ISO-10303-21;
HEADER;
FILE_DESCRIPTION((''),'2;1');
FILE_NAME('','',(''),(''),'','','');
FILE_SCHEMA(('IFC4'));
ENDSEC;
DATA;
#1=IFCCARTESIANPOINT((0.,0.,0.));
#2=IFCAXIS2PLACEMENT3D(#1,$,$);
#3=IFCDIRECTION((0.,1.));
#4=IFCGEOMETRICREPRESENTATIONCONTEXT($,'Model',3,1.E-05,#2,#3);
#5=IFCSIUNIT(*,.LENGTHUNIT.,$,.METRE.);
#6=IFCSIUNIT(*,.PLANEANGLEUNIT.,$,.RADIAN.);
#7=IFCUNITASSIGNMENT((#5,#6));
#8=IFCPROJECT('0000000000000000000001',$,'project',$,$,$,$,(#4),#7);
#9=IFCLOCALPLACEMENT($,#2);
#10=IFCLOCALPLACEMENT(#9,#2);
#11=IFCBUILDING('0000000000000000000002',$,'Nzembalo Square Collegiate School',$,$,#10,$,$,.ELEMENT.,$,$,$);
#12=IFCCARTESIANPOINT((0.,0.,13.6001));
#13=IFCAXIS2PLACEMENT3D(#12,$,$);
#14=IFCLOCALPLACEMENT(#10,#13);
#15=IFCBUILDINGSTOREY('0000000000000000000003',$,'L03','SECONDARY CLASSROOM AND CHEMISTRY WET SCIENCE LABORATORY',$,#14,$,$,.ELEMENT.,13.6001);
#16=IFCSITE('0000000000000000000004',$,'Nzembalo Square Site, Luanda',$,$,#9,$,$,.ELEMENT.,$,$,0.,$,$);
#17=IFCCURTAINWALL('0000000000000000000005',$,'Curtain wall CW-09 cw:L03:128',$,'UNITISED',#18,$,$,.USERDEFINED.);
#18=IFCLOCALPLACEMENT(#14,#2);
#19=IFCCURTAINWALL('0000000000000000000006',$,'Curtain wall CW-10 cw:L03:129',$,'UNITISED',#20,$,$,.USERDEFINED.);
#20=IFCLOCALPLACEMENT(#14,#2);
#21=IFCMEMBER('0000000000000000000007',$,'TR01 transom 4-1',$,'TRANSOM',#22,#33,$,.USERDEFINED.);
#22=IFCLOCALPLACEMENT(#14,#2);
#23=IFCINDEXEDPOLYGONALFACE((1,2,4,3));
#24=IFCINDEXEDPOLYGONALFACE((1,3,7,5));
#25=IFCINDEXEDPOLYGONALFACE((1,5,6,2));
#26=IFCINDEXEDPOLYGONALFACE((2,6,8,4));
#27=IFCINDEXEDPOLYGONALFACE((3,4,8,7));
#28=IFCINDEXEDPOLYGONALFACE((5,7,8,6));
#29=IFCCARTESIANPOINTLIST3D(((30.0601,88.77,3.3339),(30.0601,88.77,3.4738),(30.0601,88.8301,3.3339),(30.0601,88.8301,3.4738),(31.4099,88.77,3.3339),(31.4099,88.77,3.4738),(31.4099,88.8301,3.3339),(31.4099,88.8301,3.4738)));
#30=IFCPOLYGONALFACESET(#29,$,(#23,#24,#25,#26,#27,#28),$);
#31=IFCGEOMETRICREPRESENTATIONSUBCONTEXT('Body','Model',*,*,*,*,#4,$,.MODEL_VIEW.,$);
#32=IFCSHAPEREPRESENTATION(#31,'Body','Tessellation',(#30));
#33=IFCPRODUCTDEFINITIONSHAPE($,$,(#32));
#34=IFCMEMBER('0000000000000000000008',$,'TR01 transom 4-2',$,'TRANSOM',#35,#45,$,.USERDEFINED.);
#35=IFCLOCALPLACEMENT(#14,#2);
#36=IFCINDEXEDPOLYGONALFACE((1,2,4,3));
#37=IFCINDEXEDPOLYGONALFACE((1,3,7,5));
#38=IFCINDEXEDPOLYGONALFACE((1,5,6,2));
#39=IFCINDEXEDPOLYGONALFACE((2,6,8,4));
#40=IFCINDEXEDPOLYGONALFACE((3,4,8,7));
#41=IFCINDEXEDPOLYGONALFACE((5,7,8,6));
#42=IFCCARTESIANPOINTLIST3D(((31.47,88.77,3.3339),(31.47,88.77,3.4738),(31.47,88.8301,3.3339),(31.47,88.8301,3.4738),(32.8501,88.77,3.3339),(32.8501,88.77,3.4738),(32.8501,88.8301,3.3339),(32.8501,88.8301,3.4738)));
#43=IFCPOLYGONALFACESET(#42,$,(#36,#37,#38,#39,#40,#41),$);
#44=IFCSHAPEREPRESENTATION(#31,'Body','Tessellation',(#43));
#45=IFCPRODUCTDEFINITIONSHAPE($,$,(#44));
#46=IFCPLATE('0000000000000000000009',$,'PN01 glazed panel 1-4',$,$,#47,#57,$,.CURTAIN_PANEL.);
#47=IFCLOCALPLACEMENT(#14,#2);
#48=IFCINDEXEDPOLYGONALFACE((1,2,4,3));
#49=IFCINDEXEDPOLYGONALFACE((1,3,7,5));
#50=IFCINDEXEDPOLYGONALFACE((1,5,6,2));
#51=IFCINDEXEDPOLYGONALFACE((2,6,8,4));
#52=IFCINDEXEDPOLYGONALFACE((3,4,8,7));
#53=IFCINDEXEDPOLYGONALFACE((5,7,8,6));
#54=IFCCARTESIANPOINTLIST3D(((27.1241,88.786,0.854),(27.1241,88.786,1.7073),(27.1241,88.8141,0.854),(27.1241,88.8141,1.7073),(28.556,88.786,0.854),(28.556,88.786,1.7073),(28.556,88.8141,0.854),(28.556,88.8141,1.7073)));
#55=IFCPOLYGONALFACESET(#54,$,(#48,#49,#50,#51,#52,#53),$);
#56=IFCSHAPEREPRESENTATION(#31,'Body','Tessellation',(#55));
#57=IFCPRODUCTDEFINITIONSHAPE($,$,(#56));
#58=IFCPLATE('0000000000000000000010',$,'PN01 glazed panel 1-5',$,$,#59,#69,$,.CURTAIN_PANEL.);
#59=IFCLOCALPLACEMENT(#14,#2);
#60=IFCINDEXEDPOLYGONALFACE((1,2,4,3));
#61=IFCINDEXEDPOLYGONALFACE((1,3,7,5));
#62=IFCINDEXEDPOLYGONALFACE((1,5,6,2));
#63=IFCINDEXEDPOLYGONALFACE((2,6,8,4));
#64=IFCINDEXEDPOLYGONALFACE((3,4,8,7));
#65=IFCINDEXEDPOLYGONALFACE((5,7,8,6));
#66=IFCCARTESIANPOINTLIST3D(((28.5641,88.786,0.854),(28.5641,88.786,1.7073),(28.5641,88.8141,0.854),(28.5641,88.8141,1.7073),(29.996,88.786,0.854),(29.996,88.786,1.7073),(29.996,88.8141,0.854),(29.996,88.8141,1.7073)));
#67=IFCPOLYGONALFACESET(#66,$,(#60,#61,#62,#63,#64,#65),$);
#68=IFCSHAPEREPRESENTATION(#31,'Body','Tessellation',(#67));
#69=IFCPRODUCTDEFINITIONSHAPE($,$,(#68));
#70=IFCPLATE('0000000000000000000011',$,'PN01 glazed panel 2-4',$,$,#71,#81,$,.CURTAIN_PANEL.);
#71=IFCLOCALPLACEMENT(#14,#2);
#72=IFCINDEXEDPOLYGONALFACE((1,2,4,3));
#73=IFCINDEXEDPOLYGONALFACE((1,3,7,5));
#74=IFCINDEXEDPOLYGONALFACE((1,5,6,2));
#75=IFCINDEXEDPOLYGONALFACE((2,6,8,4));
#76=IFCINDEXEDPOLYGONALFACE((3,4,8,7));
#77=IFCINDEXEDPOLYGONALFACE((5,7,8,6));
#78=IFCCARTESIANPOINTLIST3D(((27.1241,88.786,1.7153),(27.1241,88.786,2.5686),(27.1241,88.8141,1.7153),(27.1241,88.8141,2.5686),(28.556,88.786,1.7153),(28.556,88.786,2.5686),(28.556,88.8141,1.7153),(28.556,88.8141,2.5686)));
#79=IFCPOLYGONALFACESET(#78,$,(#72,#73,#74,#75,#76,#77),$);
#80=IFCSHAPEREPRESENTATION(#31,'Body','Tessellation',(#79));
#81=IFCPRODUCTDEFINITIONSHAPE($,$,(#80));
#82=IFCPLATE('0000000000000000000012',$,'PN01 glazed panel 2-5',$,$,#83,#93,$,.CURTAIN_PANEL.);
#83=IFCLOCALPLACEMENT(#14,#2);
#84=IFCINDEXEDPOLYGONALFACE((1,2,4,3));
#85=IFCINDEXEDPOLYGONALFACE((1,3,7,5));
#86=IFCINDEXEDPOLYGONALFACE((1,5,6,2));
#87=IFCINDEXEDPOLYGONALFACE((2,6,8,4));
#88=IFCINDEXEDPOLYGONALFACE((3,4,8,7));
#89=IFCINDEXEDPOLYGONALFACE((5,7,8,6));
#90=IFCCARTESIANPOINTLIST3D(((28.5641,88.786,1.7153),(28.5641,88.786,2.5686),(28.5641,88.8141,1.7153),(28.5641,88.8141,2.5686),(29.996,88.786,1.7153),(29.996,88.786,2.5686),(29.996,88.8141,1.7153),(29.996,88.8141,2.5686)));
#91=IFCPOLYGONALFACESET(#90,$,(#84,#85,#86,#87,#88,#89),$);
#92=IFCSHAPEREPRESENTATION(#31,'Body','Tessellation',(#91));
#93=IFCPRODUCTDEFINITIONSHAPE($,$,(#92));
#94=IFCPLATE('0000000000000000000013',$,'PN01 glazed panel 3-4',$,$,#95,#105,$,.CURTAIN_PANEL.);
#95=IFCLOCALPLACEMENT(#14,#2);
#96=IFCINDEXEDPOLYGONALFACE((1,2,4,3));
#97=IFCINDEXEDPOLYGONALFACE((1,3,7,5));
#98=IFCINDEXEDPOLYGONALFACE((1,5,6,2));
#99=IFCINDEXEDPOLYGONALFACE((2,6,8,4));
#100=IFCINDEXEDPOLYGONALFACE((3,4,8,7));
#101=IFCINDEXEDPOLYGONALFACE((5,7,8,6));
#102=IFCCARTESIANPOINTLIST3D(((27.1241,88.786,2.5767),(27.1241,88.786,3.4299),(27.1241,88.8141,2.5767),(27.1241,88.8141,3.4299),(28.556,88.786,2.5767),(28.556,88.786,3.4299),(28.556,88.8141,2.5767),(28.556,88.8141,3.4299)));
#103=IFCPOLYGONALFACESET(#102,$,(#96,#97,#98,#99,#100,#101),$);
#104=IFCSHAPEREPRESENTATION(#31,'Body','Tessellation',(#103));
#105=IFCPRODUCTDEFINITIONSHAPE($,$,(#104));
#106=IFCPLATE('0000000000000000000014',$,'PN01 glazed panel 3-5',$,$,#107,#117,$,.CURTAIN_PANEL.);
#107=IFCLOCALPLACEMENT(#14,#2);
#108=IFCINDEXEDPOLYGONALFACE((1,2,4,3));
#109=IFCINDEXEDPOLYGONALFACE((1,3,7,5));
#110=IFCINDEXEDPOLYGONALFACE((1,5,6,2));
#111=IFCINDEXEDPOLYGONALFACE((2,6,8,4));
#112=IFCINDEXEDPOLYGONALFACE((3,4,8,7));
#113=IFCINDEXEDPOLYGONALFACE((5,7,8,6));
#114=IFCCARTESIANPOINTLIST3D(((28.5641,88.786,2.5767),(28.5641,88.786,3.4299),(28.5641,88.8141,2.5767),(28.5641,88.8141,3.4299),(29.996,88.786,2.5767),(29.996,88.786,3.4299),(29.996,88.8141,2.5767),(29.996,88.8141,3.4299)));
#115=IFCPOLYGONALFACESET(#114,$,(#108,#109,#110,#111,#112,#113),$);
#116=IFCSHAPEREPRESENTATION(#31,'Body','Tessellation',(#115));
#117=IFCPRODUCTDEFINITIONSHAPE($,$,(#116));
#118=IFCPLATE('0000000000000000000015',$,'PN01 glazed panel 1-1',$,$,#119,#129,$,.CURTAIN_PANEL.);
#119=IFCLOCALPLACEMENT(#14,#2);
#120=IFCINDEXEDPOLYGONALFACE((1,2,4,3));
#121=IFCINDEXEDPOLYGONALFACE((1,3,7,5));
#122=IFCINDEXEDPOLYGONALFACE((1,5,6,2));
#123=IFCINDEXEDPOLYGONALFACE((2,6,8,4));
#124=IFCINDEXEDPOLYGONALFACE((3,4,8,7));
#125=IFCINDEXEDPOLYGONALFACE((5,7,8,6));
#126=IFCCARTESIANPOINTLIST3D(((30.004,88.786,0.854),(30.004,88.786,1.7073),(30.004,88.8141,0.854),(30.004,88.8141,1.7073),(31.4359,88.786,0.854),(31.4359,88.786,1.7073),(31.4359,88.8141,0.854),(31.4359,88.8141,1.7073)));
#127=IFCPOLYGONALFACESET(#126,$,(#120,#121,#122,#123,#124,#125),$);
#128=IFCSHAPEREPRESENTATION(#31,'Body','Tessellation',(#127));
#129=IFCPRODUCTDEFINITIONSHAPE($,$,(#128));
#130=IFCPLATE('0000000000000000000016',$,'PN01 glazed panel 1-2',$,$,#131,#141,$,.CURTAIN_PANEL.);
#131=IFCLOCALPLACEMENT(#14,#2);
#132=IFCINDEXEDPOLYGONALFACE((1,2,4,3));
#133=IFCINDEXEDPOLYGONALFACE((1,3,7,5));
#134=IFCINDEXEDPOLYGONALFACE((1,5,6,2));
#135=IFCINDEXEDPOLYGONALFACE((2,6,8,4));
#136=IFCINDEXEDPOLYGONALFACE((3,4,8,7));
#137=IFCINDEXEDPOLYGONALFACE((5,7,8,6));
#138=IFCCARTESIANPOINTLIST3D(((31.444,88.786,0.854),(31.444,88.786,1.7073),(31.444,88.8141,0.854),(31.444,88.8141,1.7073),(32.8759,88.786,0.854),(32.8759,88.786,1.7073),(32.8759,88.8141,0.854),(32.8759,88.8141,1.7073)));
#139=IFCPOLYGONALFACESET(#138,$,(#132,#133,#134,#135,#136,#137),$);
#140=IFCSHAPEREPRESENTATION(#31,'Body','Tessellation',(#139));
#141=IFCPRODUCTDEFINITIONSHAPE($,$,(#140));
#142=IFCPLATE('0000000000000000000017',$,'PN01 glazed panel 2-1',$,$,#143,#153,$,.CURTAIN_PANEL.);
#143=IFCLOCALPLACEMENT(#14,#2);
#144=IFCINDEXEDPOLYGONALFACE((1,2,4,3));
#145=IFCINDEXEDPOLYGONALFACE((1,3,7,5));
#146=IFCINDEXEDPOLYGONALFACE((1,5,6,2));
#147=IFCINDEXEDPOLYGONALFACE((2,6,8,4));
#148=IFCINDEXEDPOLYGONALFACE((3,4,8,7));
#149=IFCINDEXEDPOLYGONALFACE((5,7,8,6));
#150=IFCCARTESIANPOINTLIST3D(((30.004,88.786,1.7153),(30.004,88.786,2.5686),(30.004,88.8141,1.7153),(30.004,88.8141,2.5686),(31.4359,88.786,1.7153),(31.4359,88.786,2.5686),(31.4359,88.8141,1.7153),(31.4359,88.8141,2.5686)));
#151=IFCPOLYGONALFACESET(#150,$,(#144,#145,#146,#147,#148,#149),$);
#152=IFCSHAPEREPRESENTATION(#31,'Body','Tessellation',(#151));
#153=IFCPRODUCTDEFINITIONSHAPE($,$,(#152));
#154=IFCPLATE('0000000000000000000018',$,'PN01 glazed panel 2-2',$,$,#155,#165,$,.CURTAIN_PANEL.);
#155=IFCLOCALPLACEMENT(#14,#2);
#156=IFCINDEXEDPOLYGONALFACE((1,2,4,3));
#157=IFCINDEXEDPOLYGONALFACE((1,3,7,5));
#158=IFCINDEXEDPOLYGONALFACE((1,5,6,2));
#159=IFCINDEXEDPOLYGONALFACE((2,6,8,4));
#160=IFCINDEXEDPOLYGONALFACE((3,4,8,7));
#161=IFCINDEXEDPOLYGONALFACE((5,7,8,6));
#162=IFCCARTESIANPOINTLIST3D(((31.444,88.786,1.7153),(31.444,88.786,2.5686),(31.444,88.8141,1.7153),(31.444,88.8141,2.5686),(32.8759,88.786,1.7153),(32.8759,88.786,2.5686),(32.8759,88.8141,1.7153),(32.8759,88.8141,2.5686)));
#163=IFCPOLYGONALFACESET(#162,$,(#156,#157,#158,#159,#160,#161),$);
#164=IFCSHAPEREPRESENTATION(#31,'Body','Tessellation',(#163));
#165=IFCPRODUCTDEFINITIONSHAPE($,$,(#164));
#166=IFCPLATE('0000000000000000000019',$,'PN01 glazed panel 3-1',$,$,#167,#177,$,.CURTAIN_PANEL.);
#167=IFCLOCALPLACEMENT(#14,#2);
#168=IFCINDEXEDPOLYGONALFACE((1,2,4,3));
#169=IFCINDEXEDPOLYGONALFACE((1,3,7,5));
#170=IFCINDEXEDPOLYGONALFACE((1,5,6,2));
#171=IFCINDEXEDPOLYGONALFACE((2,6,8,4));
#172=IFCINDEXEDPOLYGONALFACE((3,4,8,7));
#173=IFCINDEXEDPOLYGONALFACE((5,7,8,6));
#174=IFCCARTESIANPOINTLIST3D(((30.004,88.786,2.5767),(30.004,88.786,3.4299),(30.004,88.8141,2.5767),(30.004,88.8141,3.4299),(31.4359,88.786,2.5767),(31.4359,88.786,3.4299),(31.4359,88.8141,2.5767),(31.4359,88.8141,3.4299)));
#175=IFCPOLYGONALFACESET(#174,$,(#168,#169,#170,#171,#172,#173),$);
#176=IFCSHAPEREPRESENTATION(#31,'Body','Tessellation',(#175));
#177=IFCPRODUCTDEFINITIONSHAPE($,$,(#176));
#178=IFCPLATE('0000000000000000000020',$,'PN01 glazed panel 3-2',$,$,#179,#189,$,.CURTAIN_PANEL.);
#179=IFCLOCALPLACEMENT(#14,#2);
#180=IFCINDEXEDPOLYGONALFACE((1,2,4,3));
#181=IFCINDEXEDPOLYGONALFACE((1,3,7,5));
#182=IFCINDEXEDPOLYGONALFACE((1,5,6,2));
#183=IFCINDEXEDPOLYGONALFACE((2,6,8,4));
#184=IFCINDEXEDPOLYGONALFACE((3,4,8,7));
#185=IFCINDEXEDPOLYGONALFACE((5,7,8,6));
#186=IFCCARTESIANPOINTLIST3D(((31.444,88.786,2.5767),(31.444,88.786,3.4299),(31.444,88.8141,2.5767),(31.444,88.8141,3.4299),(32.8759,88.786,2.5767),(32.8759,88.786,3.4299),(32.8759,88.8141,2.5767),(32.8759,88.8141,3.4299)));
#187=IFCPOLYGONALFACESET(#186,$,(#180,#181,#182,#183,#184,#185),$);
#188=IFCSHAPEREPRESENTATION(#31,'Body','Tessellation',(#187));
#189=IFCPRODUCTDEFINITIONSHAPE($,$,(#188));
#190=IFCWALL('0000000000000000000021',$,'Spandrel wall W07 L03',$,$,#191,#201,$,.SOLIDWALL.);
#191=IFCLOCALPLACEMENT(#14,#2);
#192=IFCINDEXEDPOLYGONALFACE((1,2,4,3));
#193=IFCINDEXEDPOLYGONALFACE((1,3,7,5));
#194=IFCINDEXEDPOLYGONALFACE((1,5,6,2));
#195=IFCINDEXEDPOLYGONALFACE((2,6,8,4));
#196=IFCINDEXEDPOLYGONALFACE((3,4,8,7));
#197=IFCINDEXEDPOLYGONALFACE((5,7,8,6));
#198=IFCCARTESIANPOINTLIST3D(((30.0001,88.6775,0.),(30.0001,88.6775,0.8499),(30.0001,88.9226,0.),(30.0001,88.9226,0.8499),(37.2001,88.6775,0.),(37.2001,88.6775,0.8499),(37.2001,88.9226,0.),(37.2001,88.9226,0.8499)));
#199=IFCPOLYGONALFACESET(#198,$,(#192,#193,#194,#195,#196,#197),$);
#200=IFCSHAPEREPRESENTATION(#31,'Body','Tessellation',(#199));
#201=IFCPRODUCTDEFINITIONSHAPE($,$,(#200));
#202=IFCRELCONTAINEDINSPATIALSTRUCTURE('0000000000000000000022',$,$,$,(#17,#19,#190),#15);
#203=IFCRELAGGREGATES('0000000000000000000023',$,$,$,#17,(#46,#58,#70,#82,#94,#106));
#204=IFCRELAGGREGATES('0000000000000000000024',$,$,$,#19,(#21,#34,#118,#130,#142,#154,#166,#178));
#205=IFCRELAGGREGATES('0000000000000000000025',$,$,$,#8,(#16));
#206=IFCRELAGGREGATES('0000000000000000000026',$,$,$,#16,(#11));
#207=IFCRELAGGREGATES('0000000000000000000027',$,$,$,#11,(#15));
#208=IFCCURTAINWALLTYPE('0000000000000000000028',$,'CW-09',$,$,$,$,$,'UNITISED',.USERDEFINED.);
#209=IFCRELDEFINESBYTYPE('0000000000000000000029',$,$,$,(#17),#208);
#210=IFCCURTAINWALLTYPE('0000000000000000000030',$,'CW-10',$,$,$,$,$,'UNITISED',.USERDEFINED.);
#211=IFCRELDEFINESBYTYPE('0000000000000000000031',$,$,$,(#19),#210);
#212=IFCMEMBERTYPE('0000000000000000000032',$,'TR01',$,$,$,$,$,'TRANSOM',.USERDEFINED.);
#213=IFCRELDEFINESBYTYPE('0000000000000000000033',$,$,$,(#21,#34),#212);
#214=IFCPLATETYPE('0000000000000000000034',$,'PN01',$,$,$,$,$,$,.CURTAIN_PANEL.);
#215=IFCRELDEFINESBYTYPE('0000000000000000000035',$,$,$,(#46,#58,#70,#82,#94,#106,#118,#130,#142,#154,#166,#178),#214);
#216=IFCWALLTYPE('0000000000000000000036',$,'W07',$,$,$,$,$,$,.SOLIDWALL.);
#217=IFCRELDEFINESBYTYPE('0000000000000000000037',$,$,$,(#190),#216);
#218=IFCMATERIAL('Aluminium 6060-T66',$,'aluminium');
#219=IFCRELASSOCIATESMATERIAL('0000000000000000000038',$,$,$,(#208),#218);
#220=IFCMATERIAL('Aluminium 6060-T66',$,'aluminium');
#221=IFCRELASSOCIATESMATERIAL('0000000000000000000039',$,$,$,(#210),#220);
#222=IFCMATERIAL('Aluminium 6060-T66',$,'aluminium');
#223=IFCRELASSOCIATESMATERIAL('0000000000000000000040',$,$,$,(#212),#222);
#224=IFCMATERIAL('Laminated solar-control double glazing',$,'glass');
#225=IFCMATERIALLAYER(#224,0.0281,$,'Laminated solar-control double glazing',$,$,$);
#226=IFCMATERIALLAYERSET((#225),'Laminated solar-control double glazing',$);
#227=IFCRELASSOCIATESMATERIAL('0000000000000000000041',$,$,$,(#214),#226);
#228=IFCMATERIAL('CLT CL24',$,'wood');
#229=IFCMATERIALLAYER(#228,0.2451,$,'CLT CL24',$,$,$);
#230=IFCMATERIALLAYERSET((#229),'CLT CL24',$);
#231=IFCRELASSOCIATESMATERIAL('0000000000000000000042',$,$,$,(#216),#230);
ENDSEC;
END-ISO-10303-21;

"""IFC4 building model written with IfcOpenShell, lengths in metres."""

from ifc_helpers import new_model, si_unit, direction, frame, frame_2d, origin, origin_2d, place, context, subcontext, project, spatial, rectangle, extrude, material, layer, layer_set, material_profile, profile_set, type_object, element, aggregate, save


model = new_model("IFC4")

# Units and contexts
model_context = context("Model", 3, precision=1e-05, world=origin(), true_north=direction((0.0, 1.0)))
body_context = subcontext(model_context, "Body", "Model", "MODEL_VIEW")
ifc_project = project(units=[si_unit("LENGTHUNIT", "METRE"), si_unit("PLANEANGLEUNIT", "RADIAN")], contexts=[model_context])

# Site, building, storey
site_placement = place(None, origin())
site = spatial("IfcSite", under=ifc_project, at=site_placement, Name="Nzembalo Square Site, Luanda", CompositionType="ELEMENT", RefElevation=0.0)
building_placement = place(site_placement, origin())
building = spatial("IfcBuilding", under=site, at=building_placement, Name="Nzembalo Square Collegiate School", CompositionType="ELEMENT")
storey_placement = place(building_placement, frame((0.0, 0.0, 13.6001)))
storey = spatial("IfcBuildingStorey", under=building, at=storey_placement, Name="L03", Description="SECONDARY CLASSROOM AND CHEMISTRY WET SCIENCE LABORATORY", CompositionType="ELEMENT", Elevation=13.6001)

# Curtain walls
ifc_material_1 = material(Name="Aluminium 6060-T66", Category="aluminium")
curtain_wall_type_1 = type_object("IfcCurtainWallType", Name="CW-09", ElementType="UNITISED", PredefinedType="USERDEFINED", material=ifc_material_1)
curtain_wall_1_placement = place(storey_placement, origin())
curtain_wall_1 = element("IfcCurtainWall", 1, at=curtain_wall_1_placement, inside=storey, type_object=curtain_wall_type_1, Name="Curtain wall CW-09 cw:L03:128", ObjectType="UNITISED", PredefinedType="USERDEFINED")
ifc_material_2 = material(Name="Aluminium 6060-T66", Category="aluminium")
curtain_wall_type_2 = type_object("IfcCurtainWallType", Name="CW-10", ElementType="UNITISED", PredefinedType="USERDEFINED", material=ifc_material_2)
curtain_wall_2_placement = place(storey_placement, origin())
curtain_wall_2 = element("IfcCurtainWall", 2, at=curtain_wall_2_placement, inside=storey, type_object=curtain_wall_type_2, Name="Curtain wall CW-10 cw:L03:129", ObjectType="UNITISED", PredefinedType="USERDEFINED")

# Members
ifc_material_3 = material(Name="Aluminium 6060-T66", Category="aluminium")
ifc_material_profile_1 = material_profile(ifc_material_3, rectangle(XDim=0.0601, YDim=0.1399, at=origin_2d()), Name="ALU T60x140")
ifc_profile_set_1 = profile_set([ifc_material_profile_1], Name="Aluminium 6060-T66")
member_type_1 = type_object("IfcMemberType", Name="TR01", ElementType="TRANSOM", PredefinedType="USERDEFINED", material=ifc_profile_set_1)
member_1_placement = place(storey_placement, frame((30.0601, 88.8, 3.4038), z_axis=(1.0, 0.0, 0.0), x_axis=(0.0, 1.0, 0.0)))
member_1 = element("IfcMember", 3, at=member_1_placement, type_object=member_type_1, Name="TR01 transom 4-1", ObjectType="TRANSOM", PredefinedType="USERDEFINED", context=body_context, shape_type="SweptSolid", body=[
    extrude(rectangle(XDim=0.0601, YDim=0.1399, at=origin_2d()), origin(), (0.0, 0.0, 1.0), 1.3499),
])
member_2_placement = place(storey_placement, frame((31.47, 88.8, 3.4038), z_axis=(1.0, 0.0, 0.0), x_axis=(0.0, 1.0, 0.0)))
member_2 = element("IfcMember", 4, at=member_2_placement, type_object=member_type_1, Name="TR01 transom 4-2", ObjectType="TRANSOM", PredefinedType="USERDEFINED", context=body_context, shape_type="SweptSolid", body=[
    extrude(rectangle(XDim=0.0601, YDim=0.1399, at=origin_2d()), origin(), (0.0, 0.0, 1.0), 1.3801),
])

# Plates
ifc_material_4 = material(Name="Laminated solar-control double glazing", Category="glass")
ifc_layer_1 = layer(ifc_material_4, 0.0281, Name="Laminated solar-control double glazing")
ifc_layer_set_1 = layer_set([ifc_layer_1], Name="Laminated solar-control double glazing")
plate_type = type_object("IfcPlateType", Name="PN01", PredefinedType="CURTAIN_PANEL", material=ifc_layer_set_1)
plate_1_placement = place(storey_placement, frame((27.8401, 88.8, 0.854), z_axis=(0.0, 0.0, 1.0), x_axis=(1.0, 0.0, 0.0)))
plate_1 = element("IfcPlate", 5, at=plate_1_placement, type_object=plate_type, Name="PN01 glazed panel 1-4", PredefinedType="CURTAIN_PANEL", context=body_context, shape_type="SweptSolid", body=[
    extrude(rectangle(XDim=1.4319, YDim=0.0281, at=origin_2d()), origin(), (0.0, 0.0, 1.0), 0.8533),
])
plate_2_placement = place(storey_placement, frame((29.28, 88.8, 0.854), z_axis=(0.0, 0.0, 1.0), x_axis=(1.0, 0.0, 0.0)))
plate_2 = element("IfcPlate", 6, at=plate_2_placement, type_object=plate_type, Name="PN01 glazed panel 1-5", PredefinedType="CURTAIN_PANEL", context=body_context, shape_type="SweptSolid", body=[
    extrude(rectangle(XDim=1.4319, YDim=0.0281, at=origin_2d()), origin(), (0.0, 0.0, 1.0), 0.8533),
])
plate_3_placement = place(storey_placement, frame((27.8401, 88.8, 1.7153), z_axis=(0.0, 0.0, 1.0), x_axis=(1.0, 0.0, 0.0)))
plate_3 = element("IfcPlate", 7, at=plate_3_placement, type_object=plate_type, Name="PN01 glazed panel 2-4", PredefinedType="CURTAIN_PANEL", context=body_context, shape_type="SweptSolid", body=[
    extrude(rectangle(XDim=1.4319, YDim=0.0281, at=origin_2d()), origin(), (0.0, 0.0, 1.0), 0.8533),
])
plate_4_placement = place(storey_placement, frame((29.28, 88.8, 1.7153), z_axis=(0.0, 0.0, 1.0), x_axis=(1.0, 0.0, 0.0)))
plate_4 = element("IfcPlate", 8, at=plate_4_placement, type_object=plate_type, Name="PN01 glazed panel 2-5", PredefinedType="CURTAIN_PANEL", context=body_context, shape_type="SweptSolid", body=[
    extrude(rectangle(XDim=1.4319, YDim=0.0281, at=origin_2d()), origin(), (0.0, 0.0, 1.0), 0.8533),
])
plate_5_placement = place(storey_placement, frame((27.8401, 88.8, 2.5767), z_axis=(0.0, 0.0, 1.0), x_axis=(1.0, 0.0, 0.0)))
plate_5 = element("IfcPlate", 9, at=plate_5_placement, type_object=plate_type, Name="PN01 glazed panel 3-4", PredefinedType="CURTAIN_PANEL", context=body_context, shape_type="SweptSolid", body=[
    extrude(rectangle(XDim=1.4319, YDim=0.0281, at=origin_2d()), origin(), (0.0, 0.0, 1.0), 0.8533),
])
plate_6_placement = place(storey_placement, frame((29.28, 88.8, 2.5767), z_axis=(0.0, 0.0, 1.0), x_axis=(1.0, 0.0, 0.0)))
plate_6 = element("IfcPlate", 10, at=plate_6_placement, type_object=plate_type, Name="PN01 glazed panel 3-5", PredefinedType="CURTAIN_PANEL", context=body_context, shape_type="SweptSolid", body=[
    extrude(rectangle(XDim=1.4319, YDim=0.0281, at=origin_2d()), origin(), (0.0, 0.0, 1.0), 0.8533),
])
aggregate(curtain_wall_1, [plate_1, plate_2, plate_3, plate_4, plate_5, plate_6])
plate_7_placement = place(storey_placement, frame((30.72, 88.8, 0.854), z_axis=(0.0, 0.0, 1.0), x_axis=(1.0, 0.0, 0.0)))
plate_7 = element("IfcPlate", 11, at=plate_7_placement, type_object=plate_type, Name="PN01 glazed panel 1-1", PredefinedType="CURTAIN_PANEL", context=body_context, shape_type="SweptSolid", body=[
    extrude(rectangle(XDim=1.4319, YDim=0.0281, at=origin_2d()), origin(), (0.0, 0.0, 1.0), 0.8533),
])
plate_8_placement = place(storey_placement, frame((32.1599, 88.8, 0.854), z_axis=(0.0, 0.0, 1.0), x_axis=(1.0, 0.0, 0.0)))
plate_8 = element("IfcPlate", 12, at=plate_8_placement, type_object=plate_type, Name="PN01 glazed panel 1-2", PredefinedType="CURTAIN_PANEL", context=body_context, shape_type="SweptSolid", body=[
    extrude(rectangle(XDim=1.4319, YDim=0.0281, at=origin_2d()), origin(), (0.0, 0.0, 1.0), 0.8533),
])
plate_9_placement = place(storey_placement, frame((30.72, 88.8, 1.7153), z_axis=(0.0, 0.0, 1.0), x_axis=(1.0, 0.0, 0.0)))
plate_9 = element("IfcPlate", 13, at=plate_9_placement, type_object=plate_type, Name="PN01 glazed panel 2-1", PredefinedType="CURTAIN_PANEL", context=body_context, shape_type="SweptSolid", body=[
    extrude(rectangle(XDim=1.4319, YDim=0.0281, at=origin_2d()), origin(), (0.0, 0.0, 1.0), 0.8533),
])
plate_10_placement = place(storey_placement, frame((32.1599, 88.8, 1.7153), z_axis=(0.0, 0.0, 1.0), x_axis=(1.0, 0.0, 0.0)))
plate_10 = element("IfcPlate", 14, at=plate_10_placement, type_object=plate_type, Name="PN01 glazed panel 2-2", PredefinedType="CURTAIN_PANEL", context=body_context, shape_type="SweptSolid", body=[
    extrude(rectangle(XDim=1.4319, YDim=0.0281, at=origin_2d()), origin(), (0.0, 0.0, 1.0), 0.8533),
])
plate_11_placement = place(storey_placement, frame((30.72, 88.8, 2.5767), z_axis=(0.0, 0.0, 1.0), x_axis=(1.0, 0.0, 0.0)))
plate_11 = element("IfcPlate", 15, at=plate_11_placement, type_object=plate_type, Name="PN01 glazed panel 3-1", PredefinedType="CURTAIN_PANEL", context=body_context, shape_type="SweptSolid", body=[
    extrude(rectangle(XDim=1.4319, YDim=0.0281, at=origin_2d()), origin(), (0.0, 0.0, 1.0), 0.8533),
])
plate_12_placement = place(storey_placement, frame((32.1599, 88.8, 2.5767), z_axis=(0.0, 0.0, 1.0), x_axis=(1.0, 0.0, 0.0)))
plate_12 = element("IfcPlate", 16, at=plate_12_placement, type_object=plate_type, Name="PN01 glazed panel 3-2", PredefinedType="CURTAIN_PANEL", context=body_context, shape_type="SweptSolid", body=[
    extrude(rectangle(XDim=1.4319, YDim=0.0281, at=origin_2d()), origin(), (0.0, 0.0, 1.0), 0.8533),
])
aggregate(curtain_wall_2, [member_1, member_2, plate_7, plate_8, plate_9, plate_10, plate_11, plate_12])

# Wall
ifc_material_5 = material(Name="CLT CL24", Category="wood")
ifc_layer_2 = layer(ifc_material_5, 0.2451, Name="CLT CL24")
ifc_layer_set_2 = layer_set([ifc_layer_2], Name="CLT CL24")
wall_type = type_object("IfcWallType", Name="W07", PredefinedType="SOLIDWALL", material=ifc_layer_set_2)
wall_placement = place(storey_placement, frame((30.0, 88.8, 0.0), z_axis=(0.0, 0.0, 1.0), x_axis=(1.0, 0.0, 0.0)))
element("IfcWall", 17, at=wall_placement, inside=storey, type_object=wall_type, Name="Spandrel wall W07 L03", PredefinedType="SOLIDWALL", context=body_context, shape_type="SweptSolid", body=[
    extrude(rectangle(XDim=7.2, YDim=0.2451, at=frame_2d((3.6001, 0.0))), origin(), (0.0, 0.0, 1.0), 0.8499),
])

save(model, "model.ifc")
